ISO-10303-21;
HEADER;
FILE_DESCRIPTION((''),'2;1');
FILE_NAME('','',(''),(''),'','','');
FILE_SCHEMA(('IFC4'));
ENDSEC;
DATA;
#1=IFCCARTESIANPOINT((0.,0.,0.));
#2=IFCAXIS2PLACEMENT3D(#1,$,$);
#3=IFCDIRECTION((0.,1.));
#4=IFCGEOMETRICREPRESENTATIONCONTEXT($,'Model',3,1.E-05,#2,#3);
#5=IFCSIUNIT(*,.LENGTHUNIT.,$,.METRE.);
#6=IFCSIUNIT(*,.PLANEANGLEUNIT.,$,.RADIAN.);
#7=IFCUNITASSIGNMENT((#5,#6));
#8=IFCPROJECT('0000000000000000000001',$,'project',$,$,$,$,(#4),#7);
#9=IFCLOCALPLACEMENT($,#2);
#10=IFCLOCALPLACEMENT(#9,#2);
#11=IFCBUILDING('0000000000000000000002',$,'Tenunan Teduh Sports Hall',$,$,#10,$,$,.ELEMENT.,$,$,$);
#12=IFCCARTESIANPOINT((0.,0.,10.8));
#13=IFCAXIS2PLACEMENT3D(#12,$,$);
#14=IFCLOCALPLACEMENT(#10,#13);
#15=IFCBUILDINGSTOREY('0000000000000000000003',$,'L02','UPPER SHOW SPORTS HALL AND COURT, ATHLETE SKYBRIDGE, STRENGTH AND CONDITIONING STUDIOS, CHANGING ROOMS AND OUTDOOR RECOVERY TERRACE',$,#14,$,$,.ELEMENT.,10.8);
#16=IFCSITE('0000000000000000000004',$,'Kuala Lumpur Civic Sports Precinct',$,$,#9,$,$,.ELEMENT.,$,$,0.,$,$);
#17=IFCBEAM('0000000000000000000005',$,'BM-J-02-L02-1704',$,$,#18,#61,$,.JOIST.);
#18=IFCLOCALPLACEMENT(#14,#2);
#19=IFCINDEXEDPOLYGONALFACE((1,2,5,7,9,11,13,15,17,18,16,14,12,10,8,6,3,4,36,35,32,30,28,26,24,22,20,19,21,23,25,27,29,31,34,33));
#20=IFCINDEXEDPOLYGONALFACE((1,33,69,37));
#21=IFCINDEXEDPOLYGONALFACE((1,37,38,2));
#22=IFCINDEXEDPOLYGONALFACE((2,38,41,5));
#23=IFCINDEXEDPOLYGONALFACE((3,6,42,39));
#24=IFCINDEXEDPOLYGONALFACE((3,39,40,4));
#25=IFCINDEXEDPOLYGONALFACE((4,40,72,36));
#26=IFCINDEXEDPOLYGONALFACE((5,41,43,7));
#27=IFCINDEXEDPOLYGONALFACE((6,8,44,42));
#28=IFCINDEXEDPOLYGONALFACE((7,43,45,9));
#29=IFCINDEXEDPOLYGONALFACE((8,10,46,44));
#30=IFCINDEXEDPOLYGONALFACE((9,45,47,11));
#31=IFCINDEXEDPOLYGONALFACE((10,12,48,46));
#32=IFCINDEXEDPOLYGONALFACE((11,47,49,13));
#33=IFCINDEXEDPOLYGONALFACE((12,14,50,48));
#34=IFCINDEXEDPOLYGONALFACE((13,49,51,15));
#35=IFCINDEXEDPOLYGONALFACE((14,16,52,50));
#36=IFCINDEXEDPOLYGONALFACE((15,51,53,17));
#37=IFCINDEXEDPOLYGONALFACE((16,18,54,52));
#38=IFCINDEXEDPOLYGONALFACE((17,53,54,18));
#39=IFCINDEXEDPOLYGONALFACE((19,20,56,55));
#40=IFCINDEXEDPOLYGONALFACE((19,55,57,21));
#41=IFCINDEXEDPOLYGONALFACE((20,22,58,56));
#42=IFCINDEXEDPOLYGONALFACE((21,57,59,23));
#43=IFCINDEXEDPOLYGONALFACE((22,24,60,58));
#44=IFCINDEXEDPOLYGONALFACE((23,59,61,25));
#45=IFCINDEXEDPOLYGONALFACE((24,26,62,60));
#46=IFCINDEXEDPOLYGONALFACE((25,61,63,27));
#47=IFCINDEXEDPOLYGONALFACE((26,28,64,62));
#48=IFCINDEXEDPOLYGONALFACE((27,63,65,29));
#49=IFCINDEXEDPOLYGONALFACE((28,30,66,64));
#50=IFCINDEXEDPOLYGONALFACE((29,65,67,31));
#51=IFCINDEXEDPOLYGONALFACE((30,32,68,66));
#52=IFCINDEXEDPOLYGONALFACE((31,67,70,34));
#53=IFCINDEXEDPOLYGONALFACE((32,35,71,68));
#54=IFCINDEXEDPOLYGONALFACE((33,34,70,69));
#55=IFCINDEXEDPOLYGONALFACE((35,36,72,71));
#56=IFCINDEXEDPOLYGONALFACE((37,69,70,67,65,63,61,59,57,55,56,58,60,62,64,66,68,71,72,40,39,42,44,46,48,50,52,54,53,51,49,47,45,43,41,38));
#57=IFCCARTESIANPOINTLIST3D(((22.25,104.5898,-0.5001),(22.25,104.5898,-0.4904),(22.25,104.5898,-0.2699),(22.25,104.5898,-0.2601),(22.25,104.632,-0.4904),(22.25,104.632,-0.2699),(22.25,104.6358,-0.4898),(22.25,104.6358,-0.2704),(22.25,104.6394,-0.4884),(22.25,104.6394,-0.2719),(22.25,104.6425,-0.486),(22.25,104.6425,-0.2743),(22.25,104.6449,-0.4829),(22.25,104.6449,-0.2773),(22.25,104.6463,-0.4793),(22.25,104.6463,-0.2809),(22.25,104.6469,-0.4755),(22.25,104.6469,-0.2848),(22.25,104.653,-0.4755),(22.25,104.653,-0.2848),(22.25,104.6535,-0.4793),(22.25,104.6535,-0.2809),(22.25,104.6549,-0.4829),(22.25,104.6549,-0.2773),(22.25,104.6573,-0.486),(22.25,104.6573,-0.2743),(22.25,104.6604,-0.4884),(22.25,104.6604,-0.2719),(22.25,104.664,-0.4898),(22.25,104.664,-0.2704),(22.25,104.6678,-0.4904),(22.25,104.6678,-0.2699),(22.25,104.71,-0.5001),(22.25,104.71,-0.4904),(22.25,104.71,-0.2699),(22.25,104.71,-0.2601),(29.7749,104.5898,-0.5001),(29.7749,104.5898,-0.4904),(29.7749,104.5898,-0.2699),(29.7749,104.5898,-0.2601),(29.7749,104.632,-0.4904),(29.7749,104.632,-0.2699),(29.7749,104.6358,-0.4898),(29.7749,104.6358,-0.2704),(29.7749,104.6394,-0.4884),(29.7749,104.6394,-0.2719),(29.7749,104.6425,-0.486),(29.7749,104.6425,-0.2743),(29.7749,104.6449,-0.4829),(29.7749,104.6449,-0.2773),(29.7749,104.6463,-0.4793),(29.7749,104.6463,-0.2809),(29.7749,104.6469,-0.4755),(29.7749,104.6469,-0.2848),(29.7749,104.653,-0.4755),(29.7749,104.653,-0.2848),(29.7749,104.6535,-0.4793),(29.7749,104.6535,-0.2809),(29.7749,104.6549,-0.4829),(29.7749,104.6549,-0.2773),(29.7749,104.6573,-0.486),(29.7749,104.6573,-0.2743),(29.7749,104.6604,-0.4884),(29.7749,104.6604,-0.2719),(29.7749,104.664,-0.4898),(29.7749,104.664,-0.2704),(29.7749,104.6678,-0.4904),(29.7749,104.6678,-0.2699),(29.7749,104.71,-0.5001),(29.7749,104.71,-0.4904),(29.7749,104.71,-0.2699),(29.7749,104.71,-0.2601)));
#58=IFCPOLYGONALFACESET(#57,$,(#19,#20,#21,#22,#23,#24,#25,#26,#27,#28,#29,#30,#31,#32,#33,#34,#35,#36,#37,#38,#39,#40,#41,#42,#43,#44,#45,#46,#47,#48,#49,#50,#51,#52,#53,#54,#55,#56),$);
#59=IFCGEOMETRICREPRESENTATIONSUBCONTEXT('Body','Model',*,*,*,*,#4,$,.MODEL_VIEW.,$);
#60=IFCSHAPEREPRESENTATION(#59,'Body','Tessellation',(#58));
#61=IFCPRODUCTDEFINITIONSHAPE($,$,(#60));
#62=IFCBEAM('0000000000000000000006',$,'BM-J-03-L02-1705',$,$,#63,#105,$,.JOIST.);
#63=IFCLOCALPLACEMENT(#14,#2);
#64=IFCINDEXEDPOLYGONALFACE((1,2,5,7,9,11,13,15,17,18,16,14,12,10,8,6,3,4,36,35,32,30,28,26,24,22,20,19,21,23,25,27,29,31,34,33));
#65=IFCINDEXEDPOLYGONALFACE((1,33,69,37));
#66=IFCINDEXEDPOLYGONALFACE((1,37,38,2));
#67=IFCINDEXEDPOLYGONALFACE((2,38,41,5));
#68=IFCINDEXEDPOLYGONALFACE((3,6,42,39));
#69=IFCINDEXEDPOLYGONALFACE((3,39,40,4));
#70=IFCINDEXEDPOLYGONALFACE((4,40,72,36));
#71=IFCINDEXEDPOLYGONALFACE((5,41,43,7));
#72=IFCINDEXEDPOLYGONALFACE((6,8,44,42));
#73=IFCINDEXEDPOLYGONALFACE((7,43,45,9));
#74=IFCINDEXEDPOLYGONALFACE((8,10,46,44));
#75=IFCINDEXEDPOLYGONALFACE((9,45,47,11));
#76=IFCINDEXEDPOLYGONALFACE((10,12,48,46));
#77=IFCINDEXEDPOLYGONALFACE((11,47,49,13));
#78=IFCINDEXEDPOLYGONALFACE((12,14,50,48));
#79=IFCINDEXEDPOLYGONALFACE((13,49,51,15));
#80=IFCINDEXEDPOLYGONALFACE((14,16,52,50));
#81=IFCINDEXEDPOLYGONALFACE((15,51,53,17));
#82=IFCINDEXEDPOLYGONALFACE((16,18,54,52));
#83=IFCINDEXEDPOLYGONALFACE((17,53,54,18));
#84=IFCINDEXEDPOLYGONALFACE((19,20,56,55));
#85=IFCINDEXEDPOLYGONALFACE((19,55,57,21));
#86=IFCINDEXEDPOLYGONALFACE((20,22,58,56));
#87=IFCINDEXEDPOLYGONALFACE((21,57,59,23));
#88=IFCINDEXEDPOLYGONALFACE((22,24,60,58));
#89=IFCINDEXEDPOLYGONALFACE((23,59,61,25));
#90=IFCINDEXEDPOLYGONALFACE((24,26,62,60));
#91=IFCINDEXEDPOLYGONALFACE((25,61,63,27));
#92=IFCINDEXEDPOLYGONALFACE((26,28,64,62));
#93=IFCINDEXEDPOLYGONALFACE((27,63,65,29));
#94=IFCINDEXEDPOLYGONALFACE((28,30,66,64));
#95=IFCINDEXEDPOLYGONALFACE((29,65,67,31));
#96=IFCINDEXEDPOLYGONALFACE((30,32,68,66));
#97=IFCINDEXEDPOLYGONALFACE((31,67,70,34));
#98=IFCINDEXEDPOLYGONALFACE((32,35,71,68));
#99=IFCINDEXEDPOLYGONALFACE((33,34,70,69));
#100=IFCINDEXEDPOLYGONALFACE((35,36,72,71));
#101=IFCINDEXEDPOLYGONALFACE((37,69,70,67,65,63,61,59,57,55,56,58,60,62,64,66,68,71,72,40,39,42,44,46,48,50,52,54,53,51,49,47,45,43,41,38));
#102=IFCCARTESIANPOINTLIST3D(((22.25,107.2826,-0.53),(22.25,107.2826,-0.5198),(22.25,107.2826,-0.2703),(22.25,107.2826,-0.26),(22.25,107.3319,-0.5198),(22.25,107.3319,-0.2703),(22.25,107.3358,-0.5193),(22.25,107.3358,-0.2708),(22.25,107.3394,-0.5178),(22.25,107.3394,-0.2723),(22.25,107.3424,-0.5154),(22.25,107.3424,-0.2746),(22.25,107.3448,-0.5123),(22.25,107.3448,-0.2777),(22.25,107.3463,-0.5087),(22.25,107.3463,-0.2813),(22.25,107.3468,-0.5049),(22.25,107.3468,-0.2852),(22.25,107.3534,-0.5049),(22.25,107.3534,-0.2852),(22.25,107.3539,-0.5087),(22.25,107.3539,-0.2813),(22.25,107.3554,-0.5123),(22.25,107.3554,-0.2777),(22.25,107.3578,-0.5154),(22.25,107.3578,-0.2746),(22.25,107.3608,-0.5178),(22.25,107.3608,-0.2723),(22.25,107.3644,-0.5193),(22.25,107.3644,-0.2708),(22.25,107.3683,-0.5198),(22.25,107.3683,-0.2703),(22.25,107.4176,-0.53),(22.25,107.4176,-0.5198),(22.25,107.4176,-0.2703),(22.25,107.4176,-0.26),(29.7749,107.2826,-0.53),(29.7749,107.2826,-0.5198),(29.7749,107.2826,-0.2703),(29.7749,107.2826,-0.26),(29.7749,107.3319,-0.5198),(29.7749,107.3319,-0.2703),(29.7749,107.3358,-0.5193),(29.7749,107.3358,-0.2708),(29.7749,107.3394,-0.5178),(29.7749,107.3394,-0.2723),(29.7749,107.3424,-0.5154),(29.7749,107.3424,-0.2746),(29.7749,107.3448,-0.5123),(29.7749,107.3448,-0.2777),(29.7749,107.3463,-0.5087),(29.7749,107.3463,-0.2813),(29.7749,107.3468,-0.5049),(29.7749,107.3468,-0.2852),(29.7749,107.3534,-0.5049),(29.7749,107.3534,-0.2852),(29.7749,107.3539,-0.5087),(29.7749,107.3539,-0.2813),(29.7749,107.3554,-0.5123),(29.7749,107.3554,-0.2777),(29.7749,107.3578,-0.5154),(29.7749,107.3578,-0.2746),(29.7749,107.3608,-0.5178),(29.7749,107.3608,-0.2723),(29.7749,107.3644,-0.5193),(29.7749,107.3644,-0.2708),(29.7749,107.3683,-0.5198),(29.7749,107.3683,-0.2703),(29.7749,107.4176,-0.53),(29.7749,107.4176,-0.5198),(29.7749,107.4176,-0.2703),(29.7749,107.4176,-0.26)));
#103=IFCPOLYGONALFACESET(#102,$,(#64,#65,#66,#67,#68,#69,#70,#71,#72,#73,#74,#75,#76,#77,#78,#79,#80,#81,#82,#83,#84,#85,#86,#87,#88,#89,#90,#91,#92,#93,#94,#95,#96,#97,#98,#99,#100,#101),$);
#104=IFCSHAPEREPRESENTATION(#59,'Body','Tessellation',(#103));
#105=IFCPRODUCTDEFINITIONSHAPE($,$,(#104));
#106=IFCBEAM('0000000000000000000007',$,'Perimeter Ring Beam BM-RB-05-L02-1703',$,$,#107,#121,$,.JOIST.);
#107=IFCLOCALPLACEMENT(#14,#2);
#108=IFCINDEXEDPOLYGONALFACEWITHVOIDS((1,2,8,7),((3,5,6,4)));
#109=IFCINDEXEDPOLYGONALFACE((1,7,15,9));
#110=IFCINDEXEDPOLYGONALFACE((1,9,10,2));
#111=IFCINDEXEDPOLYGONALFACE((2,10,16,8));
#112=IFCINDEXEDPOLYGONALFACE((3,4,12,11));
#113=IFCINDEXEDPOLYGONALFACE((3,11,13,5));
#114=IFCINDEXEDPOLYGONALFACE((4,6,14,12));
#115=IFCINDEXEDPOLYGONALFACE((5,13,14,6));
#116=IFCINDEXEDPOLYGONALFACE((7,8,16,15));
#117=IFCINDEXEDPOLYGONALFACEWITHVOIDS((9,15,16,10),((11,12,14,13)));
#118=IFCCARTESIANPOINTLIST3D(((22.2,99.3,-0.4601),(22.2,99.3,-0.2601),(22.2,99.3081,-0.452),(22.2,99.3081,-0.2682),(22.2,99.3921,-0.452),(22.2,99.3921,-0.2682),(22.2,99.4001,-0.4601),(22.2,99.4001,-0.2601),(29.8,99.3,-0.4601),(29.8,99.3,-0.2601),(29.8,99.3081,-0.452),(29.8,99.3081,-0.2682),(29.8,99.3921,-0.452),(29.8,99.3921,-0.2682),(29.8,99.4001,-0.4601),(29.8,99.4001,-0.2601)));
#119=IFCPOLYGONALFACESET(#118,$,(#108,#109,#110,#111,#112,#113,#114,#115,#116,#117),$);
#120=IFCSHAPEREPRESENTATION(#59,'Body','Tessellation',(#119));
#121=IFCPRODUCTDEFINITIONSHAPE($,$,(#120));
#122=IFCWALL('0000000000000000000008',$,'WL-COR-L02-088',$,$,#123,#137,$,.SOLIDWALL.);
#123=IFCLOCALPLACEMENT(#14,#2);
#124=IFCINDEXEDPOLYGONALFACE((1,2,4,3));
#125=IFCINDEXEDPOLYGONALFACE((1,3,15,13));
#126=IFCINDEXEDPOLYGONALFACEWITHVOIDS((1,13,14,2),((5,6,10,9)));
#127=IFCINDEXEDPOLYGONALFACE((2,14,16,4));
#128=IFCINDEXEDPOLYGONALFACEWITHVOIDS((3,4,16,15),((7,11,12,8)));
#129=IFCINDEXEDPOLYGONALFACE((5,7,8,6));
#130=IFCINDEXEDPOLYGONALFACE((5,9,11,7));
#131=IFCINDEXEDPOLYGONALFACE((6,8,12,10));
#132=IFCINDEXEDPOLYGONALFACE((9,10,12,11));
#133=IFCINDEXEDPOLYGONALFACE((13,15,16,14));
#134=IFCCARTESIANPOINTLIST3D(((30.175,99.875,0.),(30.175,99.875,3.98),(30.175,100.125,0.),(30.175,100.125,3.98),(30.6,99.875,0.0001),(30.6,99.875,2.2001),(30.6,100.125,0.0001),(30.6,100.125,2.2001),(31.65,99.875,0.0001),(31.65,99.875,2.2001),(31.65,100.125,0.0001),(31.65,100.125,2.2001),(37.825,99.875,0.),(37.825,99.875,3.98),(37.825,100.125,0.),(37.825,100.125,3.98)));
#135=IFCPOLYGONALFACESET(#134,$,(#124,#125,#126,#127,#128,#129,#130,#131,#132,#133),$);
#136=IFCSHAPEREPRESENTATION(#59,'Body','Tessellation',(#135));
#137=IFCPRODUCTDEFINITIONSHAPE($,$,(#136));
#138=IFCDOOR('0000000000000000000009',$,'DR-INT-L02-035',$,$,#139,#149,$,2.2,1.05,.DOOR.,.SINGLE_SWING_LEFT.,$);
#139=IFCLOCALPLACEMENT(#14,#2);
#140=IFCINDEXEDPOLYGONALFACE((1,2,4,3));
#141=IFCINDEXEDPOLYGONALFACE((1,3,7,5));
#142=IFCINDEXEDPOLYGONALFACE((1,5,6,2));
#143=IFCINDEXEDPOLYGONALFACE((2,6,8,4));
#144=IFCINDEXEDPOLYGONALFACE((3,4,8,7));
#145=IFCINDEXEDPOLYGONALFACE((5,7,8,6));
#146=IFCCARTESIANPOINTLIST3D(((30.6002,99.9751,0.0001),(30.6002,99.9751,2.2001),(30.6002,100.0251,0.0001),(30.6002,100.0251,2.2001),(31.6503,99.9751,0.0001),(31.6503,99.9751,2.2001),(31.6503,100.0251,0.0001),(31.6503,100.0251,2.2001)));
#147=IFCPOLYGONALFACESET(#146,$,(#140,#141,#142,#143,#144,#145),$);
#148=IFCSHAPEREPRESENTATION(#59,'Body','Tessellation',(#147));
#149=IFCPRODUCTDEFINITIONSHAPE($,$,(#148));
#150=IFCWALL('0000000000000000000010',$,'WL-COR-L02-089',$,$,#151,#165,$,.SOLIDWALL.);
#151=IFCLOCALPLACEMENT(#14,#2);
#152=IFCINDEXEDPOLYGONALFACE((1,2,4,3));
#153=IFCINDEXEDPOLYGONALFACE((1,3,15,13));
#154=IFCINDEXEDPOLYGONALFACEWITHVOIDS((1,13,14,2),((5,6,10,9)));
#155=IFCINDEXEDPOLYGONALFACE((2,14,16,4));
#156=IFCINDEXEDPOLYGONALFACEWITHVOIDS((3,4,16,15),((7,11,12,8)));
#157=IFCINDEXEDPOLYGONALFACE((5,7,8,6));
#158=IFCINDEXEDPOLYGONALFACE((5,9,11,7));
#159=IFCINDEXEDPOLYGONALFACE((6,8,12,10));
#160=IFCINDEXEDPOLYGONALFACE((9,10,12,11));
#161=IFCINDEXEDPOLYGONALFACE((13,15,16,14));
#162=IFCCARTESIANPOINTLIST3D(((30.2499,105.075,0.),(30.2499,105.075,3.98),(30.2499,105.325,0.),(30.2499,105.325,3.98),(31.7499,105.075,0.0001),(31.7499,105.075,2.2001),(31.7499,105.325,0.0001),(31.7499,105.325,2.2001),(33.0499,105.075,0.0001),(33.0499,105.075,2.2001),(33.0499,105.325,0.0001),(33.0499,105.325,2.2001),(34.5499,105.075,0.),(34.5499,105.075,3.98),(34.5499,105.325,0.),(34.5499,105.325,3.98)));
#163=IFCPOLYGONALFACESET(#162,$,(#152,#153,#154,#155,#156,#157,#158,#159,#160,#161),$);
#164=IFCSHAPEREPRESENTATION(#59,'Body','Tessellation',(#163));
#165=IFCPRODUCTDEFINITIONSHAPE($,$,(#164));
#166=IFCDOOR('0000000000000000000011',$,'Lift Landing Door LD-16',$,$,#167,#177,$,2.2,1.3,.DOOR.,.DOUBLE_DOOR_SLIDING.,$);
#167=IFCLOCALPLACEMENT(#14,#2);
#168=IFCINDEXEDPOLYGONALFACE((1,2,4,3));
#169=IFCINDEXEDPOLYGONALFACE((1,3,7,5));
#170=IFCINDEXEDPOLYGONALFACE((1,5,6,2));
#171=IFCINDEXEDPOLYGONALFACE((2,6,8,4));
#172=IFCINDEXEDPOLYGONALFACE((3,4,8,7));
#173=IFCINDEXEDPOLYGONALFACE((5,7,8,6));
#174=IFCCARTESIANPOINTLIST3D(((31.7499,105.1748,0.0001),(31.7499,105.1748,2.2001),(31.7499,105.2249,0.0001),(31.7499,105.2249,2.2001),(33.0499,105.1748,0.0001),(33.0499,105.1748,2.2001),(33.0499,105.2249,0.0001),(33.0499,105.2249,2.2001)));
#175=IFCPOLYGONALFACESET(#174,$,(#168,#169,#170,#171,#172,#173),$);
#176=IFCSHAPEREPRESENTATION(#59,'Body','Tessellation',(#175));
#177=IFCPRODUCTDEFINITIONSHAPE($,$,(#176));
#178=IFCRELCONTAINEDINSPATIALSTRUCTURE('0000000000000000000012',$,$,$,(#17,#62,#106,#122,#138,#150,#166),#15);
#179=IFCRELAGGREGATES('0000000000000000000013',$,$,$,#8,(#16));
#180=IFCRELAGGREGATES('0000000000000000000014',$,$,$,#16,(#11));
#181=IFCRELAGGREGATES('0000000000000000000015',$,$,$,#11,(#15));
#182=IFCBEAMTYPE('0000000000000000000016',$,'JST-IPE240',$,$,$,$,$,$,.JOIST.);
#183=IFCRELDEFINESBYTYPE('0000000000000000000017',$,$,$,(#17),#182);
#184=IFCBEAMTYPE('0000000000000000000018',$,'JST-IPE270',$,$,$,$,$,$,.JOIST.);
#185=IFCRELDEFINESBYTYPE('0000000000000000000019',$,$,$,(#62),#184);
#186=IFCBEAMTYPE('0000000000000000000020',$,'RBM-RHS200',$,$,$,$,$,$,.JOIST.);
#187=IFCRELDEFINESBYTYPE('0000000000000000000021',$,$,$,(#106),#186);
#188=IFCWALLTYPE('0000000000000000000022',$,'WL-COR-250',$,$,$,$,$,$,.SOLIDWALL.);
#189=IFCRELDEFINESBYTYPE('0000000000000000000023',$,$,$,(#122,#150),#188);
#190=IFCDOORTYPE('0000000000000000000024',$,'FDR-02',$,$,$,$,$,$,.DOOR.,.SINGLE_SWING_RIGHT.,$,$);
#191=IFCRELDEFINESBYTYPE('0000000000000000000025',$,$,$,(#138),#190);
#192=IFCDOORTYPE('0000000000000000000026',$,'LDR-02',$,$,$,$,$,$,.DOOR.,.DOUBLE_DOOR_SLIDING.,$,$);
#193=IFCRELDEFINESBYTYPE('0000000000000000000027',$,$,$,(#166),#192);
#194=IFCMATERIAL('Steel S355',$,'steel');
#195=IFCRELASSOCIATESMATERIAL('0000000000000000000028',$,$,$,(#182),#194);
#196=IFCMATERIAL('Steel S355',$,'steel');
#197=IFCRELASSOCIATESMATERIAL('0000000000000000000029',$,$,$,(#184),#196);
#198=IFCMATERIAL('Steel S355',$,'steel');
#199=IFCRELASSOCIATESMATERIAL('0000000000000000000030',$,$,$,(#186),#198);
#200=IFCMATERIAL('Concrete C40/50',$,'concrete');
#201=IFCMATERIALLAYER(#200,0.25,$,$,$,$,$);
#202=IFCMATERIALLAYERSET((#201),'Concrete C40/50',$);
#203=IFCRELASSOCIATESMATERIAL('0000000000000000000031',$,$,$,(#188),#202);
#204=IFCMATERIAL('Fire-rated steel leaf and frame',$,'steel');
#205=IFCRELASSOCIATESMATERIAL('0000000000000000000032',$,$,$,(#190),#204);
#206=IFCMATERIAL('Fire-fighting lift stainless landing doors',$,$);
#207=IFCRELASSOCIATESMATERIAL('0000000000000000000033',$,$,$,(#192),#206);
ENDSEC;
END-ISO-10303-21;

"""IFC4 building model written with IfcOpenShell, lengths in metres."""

from ifc_helpers import new_model, si_unit, direction, frame, frame_2d, origin, origin_2d, place, context, subcontext, project, spatial, rectangle, hollow_rectangle, i_section, extrude, material, layer, layer_set, material_profile, profile_set, type_object, element, fill, save


model = new_model("IFC4")

# Units and contexts
model_context = context("Model", 3, precision=1e-05, world=origin(), true_north=direction((0.0, 1.0)))
body_context = subcontext(model_context, "Body", "Model", "MODEL_VIEW")
ifc_project = project(units=[si_unit("LENGTHUNIT", "METRE"), si_unit("PLANEANGLEUNIT", "RADIAN")], contexts=[model_context])

# Site, building, storey
site_placement = place(None, origin())
site = spatial("IfcSite", under=ifc_project, at=site_placement, Name="Kuala Lumpur Civic Sports Precinct", CompositionType="ELEMENT", RefElevation=0.0)
building_placement = place(site_placement, origin())
building = spatial("IfcBuilding", under=site, at=building_placement, Name="Tenunan Teduh Sports Hall", CompositionType="ELEMENT")
storey_placement = place(building_placement, frame((0.0, 0.0, 10.8)))
storey = spatial("IfcBuildingStorey", under=building, at=storey_placement, Name="L02", Description="UPPER SHOW SPORTS HALL AND COURT, ATHLETE SKYBRIDGE, STRENGTH AND CONDITIONING STUDIOS, CHANGING ROOMS AND OUTDOOR RECOVERY TERRACE", CompositionType="ELEMENT", Elevation=10.8)

# Beams
ifc_material_1 = material(Name="Steel S355", Category="steel")
ifc_material_profile_1 = material_profile(ifc_material_1, i_section(OverallWidth=0.1201, OverallDepth=0.24, WebThickness=0.0061, FlangeThickness=0.0098, FilletRadius=0.0149, at=origin_2d()), Name="IPE 240")
ifc_profile_set_1 = profile_set([ifc_material_profile_1], Name="Steel S355")
beam_type_1 = type_object("IfcBeamType", Name="JST-IPE240", PredefinedType="JOIST", material=ifc_profile_set_1)
beam_1_placement = place(storey_placement, frame((22.25, 104.6499, -0.3801), z_axis=(1.0, 0.0, 0.0), x_axis=(0.0, 1.0, 0.0)))
element("IfcBeam", 1, at=beam_1_placement, inside=storey, type_object=beam_type_1, Name="BM-J-02-L02-1704", PredefinedType="JOIST", context=body_context, shape_type="SweptSolid", body=[
    extrude(i_section(OverallWidth=0.1201, OverallDepth=0.24, WebThickness=0.0061, FlangeThickness=0.0098, FilletRadius=0.0149, at=origin_2d()), origin(), (0.0, 0.0, 1.0), 7.5249),
])
ifc_material_2 = material(Name="Steel S355", Category="steel")
ifc_material_profile_2 = material_profile(ifc_material_2, i_section(OverallWidth=0.135, OverallDepth=0.27, WebThickness=0.0066, FlangeThickness=0.0103, FilletRadius=0.0149, at=origin_2d()), Name="IPE 270")
ifc_profile_set_2 = profile_set([ifc_material_profile_2], Name="Steel S355")
beam_type_2 = type_object("IfcBeamType", Name="JST-IPE270", PredefinedType="JOIST", material=ifc_profile_set_2)
beam_2_placement = place(storey_placement, frame((22.25, 107.3501, -0.395), z_axis=(1.0, 0.0, 0.0), x_axis=(0.0, 1.0, 0.0)))
element("IfcBeam", 2, at=beam_2_placement, inside=storey, type_object=beam_type_2, Name="BM-J-03-L02-1705", PredefinedType="JOIST", context=body_context, shape_type="SweptSolid", body=[
    extrude(i_section(OverallWidth=0.135, OverallDepth=0.27, WebThickness=0.0066, FlangeThickness=0.0103, FilletRadius=0.0149, at=origin_2d()), origin(), (0.0, 0.0, 1.0), 7.5249),
])
ifc_material_3 = material(Name="Steel S355", Category="steel")
ifc_material_profile_3 = material_profile(ifc_material_3, hollow_rectangle(XDim=0.1001, YDim=0.2, WallThickness=0.0081, at=origin_2d()), Name="RHS 200x100x8.0")
ifc_profile_set_3 = profile_set([ifc_material_profile_3], Name="Steel S355")
beam_type_3 = type_object("IfcBeamType", Name="RBM-RHS200", PredefinedType="JOIST", material=ifc_profile_set_3)
beam_3_placement = place(storey_placement, frame((22.2, 99.3501, -0.3601), z_axis=(1.0, 0.0, 0.0), x_axis=(0.0, 1.0, 0.0)))
element("IfcBeam", 3, at=beam_3_placement, inside=storey, type_object=beam_type_3, Name="Perimeter Ring Beam BM-RB-05-L02-1703", PredefinedType="JOIST", context=body_context, shape_type="SweptSolid", body=[
    extrude(hollow_rectangle(XDim=0.1001, YDim=0.2, WallThickness=0.0081, at=origin_2d()), origin(), (0.0, 0.0, 1.0), 7.6001),
])

# Walls, openings, doors
ifc_material_4 = material(Name="Concrete C40/50", Category="concrete")
ifc_layer_1 = layer(ifc_material_4, 0.25)
ifc_layer_set_1 = layer_set([ifc_layer_1], Name="Concrete C40/50")
wall_type_1 = type_object("IfcWallType", Name="WL-COR-250", PredefinedType="SOLIDWALL", material=ifc_layer_set_1)
wall_1_placement = place(storey_placement, frame((30.175, 100.0, 0.0), z_axis=(0.0, 0.0, 1.0), x_axis=(1.0, 0.0, 0.0)))
wall_1 = element("IfcWall", 4, at=wall_1_placement, inside=storey, type_object=wall_type_1, Name="WL-COR-L02-088", PredefinedType="SOLIDWALL", context=body_context, shape_type="SweptSolid", body=[
    extrude(rectangle(XDim=7.6499, YDim=0.25, at=frame_2d((3.825, 0.0))), origin(), (0.0, 0.0, 1.0), 3.98),
])
opening_1_placement = place(wall_1_placement, frame((0.425, 0.0, 0.0)))
opening_1 = element("IfcOpeningElement", 5, at=opening_1_placement, cuts=wall_1, PredefinedType="OPENING", context=body_context, shape_type="SweptSolid", body=[
    extrude(rectangle(XDim=1.05, YDim=2.2, at=frame_2d((0.5249, 1.1001))), frame((0.0, 0.135, 0.0), z_axis=(0.0, -1.0, 0.0), x_axis=(1.0, 0.0, 0.0)), (0.0, 0.0, 1.0), 0.27),
])
ifc_material_5 = material(Name="Fire-rated steel leaf and frame", Category="steel")
door_type_1 = type_object("IfcDoorType", Name="FDR-02", OperationType="SINGLE_SWING_RIGHT", PredefinedType="DOOR", material=ifc_material_5)
door_1_placement = place(opening_1_placement, frame((1.05, 0.0, 0.0), z_axis=(0.0, 0.0, 1.0), x_axis=(-1.0, 0.0, 0.0)))
door_1 = element("IfcDoor", 6, at=door_1_placement, inside=storey, type_object=door_type_1, Name="DR-INT-L02-035", OperationType="SINGLE_SWING_LEFT", OverallHeight=2.2, OverallWidth=1.05, PredefinedType="DOOR", context=body_context, shape_type="SweptSolid", body=[
    extrude(rectangle(XDim=1.05, YDim=2.2, at=frame_2d((0.5249, 1.1001))), frame((0.0, 0.0249, 0.0), z_axis=(0.0, -1.0, 0.0), x_axis=(1.0, 0.0, 0.0)), (0.0, 0.0, 1.0), 0.05),
])
fill(opening_1, door_1)
wall_2_placement = place(storey_placement, frame((30.25, 105.2, 0.0), z_axis=(0.0, 0.0, 1.0), x_axis=(1.0, 0.0, 0.0)))
wall_2 = element("IfcWall", 7, at=wall_2_placement, inside=storey, type_object=wall_type_1, Name="WL-COR-L02-089", PredefinedType="SOLIDWALL", context=body_context, shape_type="SweptSolid", body=[
    extrude(rectangle(XDim=4.3, YDim=0.25, at=frame_2d((2.1499, 0.0))), origin(), (0.0, 0.0, 1.0), 3.98),
])
opening_2_placement = place(wall_2_placement, frame((1.5, 0.0, 0.0)))
opening_2 = element("IfcOpeningElement", 8, at=opening_2_placement, cuts=wall_2, PredefinedType="OPENING", context=body_context, shape_type="SweptSolid", body=[
    extrude(rectangle(XDim=1.3, YDim=2.2, at=frame_2d((0.6499, 1.1001))), frame((0.0, 0.135, 0.0), z_axis=(0.0, -1.0, 0.0), x_axis=(1.0, 0.0, 0.0)), (0.0, 0.0, 1.0), 0.27),
])
ifc_material_6 = material(Name="Fire-fighting lift stainless landing doors")
door_type_2 = type_object("IfcDoorType", Name="LDR-02", OperationType="DOUBLE_DOOR_SLIDING", PredefinedType="DOOR", material=ifc_material_6)
door_2_placement = place(opening_2_placement, origin())
door_2 = element("IfcDoor", 9, at=door_2_placement, inside=storey, type_object=door_type_2, Name="Lift Landing Door LD-16", OperationType="DOUBLE_DOOR_SLIDING", OverallHeight=2.2, OverallWidth=1.3, PredefinedType="DOOR", context=body_context, shape_type="SweptSolid", body=[
    extrude(rectangle(XDim=1.3, YDim=2.2, at=frame_2d((0.6499, 1.1001))), frame((0.0, 0.0249, 0.0), z_axis=(0.0, -1.0, 0.0), x_axis=(1.0, 0.0, 0.0)), (0.0, 0.0, 1.0), 0.05),
])
fill(opening_2, door_2)

save(model, "model.ifc")
